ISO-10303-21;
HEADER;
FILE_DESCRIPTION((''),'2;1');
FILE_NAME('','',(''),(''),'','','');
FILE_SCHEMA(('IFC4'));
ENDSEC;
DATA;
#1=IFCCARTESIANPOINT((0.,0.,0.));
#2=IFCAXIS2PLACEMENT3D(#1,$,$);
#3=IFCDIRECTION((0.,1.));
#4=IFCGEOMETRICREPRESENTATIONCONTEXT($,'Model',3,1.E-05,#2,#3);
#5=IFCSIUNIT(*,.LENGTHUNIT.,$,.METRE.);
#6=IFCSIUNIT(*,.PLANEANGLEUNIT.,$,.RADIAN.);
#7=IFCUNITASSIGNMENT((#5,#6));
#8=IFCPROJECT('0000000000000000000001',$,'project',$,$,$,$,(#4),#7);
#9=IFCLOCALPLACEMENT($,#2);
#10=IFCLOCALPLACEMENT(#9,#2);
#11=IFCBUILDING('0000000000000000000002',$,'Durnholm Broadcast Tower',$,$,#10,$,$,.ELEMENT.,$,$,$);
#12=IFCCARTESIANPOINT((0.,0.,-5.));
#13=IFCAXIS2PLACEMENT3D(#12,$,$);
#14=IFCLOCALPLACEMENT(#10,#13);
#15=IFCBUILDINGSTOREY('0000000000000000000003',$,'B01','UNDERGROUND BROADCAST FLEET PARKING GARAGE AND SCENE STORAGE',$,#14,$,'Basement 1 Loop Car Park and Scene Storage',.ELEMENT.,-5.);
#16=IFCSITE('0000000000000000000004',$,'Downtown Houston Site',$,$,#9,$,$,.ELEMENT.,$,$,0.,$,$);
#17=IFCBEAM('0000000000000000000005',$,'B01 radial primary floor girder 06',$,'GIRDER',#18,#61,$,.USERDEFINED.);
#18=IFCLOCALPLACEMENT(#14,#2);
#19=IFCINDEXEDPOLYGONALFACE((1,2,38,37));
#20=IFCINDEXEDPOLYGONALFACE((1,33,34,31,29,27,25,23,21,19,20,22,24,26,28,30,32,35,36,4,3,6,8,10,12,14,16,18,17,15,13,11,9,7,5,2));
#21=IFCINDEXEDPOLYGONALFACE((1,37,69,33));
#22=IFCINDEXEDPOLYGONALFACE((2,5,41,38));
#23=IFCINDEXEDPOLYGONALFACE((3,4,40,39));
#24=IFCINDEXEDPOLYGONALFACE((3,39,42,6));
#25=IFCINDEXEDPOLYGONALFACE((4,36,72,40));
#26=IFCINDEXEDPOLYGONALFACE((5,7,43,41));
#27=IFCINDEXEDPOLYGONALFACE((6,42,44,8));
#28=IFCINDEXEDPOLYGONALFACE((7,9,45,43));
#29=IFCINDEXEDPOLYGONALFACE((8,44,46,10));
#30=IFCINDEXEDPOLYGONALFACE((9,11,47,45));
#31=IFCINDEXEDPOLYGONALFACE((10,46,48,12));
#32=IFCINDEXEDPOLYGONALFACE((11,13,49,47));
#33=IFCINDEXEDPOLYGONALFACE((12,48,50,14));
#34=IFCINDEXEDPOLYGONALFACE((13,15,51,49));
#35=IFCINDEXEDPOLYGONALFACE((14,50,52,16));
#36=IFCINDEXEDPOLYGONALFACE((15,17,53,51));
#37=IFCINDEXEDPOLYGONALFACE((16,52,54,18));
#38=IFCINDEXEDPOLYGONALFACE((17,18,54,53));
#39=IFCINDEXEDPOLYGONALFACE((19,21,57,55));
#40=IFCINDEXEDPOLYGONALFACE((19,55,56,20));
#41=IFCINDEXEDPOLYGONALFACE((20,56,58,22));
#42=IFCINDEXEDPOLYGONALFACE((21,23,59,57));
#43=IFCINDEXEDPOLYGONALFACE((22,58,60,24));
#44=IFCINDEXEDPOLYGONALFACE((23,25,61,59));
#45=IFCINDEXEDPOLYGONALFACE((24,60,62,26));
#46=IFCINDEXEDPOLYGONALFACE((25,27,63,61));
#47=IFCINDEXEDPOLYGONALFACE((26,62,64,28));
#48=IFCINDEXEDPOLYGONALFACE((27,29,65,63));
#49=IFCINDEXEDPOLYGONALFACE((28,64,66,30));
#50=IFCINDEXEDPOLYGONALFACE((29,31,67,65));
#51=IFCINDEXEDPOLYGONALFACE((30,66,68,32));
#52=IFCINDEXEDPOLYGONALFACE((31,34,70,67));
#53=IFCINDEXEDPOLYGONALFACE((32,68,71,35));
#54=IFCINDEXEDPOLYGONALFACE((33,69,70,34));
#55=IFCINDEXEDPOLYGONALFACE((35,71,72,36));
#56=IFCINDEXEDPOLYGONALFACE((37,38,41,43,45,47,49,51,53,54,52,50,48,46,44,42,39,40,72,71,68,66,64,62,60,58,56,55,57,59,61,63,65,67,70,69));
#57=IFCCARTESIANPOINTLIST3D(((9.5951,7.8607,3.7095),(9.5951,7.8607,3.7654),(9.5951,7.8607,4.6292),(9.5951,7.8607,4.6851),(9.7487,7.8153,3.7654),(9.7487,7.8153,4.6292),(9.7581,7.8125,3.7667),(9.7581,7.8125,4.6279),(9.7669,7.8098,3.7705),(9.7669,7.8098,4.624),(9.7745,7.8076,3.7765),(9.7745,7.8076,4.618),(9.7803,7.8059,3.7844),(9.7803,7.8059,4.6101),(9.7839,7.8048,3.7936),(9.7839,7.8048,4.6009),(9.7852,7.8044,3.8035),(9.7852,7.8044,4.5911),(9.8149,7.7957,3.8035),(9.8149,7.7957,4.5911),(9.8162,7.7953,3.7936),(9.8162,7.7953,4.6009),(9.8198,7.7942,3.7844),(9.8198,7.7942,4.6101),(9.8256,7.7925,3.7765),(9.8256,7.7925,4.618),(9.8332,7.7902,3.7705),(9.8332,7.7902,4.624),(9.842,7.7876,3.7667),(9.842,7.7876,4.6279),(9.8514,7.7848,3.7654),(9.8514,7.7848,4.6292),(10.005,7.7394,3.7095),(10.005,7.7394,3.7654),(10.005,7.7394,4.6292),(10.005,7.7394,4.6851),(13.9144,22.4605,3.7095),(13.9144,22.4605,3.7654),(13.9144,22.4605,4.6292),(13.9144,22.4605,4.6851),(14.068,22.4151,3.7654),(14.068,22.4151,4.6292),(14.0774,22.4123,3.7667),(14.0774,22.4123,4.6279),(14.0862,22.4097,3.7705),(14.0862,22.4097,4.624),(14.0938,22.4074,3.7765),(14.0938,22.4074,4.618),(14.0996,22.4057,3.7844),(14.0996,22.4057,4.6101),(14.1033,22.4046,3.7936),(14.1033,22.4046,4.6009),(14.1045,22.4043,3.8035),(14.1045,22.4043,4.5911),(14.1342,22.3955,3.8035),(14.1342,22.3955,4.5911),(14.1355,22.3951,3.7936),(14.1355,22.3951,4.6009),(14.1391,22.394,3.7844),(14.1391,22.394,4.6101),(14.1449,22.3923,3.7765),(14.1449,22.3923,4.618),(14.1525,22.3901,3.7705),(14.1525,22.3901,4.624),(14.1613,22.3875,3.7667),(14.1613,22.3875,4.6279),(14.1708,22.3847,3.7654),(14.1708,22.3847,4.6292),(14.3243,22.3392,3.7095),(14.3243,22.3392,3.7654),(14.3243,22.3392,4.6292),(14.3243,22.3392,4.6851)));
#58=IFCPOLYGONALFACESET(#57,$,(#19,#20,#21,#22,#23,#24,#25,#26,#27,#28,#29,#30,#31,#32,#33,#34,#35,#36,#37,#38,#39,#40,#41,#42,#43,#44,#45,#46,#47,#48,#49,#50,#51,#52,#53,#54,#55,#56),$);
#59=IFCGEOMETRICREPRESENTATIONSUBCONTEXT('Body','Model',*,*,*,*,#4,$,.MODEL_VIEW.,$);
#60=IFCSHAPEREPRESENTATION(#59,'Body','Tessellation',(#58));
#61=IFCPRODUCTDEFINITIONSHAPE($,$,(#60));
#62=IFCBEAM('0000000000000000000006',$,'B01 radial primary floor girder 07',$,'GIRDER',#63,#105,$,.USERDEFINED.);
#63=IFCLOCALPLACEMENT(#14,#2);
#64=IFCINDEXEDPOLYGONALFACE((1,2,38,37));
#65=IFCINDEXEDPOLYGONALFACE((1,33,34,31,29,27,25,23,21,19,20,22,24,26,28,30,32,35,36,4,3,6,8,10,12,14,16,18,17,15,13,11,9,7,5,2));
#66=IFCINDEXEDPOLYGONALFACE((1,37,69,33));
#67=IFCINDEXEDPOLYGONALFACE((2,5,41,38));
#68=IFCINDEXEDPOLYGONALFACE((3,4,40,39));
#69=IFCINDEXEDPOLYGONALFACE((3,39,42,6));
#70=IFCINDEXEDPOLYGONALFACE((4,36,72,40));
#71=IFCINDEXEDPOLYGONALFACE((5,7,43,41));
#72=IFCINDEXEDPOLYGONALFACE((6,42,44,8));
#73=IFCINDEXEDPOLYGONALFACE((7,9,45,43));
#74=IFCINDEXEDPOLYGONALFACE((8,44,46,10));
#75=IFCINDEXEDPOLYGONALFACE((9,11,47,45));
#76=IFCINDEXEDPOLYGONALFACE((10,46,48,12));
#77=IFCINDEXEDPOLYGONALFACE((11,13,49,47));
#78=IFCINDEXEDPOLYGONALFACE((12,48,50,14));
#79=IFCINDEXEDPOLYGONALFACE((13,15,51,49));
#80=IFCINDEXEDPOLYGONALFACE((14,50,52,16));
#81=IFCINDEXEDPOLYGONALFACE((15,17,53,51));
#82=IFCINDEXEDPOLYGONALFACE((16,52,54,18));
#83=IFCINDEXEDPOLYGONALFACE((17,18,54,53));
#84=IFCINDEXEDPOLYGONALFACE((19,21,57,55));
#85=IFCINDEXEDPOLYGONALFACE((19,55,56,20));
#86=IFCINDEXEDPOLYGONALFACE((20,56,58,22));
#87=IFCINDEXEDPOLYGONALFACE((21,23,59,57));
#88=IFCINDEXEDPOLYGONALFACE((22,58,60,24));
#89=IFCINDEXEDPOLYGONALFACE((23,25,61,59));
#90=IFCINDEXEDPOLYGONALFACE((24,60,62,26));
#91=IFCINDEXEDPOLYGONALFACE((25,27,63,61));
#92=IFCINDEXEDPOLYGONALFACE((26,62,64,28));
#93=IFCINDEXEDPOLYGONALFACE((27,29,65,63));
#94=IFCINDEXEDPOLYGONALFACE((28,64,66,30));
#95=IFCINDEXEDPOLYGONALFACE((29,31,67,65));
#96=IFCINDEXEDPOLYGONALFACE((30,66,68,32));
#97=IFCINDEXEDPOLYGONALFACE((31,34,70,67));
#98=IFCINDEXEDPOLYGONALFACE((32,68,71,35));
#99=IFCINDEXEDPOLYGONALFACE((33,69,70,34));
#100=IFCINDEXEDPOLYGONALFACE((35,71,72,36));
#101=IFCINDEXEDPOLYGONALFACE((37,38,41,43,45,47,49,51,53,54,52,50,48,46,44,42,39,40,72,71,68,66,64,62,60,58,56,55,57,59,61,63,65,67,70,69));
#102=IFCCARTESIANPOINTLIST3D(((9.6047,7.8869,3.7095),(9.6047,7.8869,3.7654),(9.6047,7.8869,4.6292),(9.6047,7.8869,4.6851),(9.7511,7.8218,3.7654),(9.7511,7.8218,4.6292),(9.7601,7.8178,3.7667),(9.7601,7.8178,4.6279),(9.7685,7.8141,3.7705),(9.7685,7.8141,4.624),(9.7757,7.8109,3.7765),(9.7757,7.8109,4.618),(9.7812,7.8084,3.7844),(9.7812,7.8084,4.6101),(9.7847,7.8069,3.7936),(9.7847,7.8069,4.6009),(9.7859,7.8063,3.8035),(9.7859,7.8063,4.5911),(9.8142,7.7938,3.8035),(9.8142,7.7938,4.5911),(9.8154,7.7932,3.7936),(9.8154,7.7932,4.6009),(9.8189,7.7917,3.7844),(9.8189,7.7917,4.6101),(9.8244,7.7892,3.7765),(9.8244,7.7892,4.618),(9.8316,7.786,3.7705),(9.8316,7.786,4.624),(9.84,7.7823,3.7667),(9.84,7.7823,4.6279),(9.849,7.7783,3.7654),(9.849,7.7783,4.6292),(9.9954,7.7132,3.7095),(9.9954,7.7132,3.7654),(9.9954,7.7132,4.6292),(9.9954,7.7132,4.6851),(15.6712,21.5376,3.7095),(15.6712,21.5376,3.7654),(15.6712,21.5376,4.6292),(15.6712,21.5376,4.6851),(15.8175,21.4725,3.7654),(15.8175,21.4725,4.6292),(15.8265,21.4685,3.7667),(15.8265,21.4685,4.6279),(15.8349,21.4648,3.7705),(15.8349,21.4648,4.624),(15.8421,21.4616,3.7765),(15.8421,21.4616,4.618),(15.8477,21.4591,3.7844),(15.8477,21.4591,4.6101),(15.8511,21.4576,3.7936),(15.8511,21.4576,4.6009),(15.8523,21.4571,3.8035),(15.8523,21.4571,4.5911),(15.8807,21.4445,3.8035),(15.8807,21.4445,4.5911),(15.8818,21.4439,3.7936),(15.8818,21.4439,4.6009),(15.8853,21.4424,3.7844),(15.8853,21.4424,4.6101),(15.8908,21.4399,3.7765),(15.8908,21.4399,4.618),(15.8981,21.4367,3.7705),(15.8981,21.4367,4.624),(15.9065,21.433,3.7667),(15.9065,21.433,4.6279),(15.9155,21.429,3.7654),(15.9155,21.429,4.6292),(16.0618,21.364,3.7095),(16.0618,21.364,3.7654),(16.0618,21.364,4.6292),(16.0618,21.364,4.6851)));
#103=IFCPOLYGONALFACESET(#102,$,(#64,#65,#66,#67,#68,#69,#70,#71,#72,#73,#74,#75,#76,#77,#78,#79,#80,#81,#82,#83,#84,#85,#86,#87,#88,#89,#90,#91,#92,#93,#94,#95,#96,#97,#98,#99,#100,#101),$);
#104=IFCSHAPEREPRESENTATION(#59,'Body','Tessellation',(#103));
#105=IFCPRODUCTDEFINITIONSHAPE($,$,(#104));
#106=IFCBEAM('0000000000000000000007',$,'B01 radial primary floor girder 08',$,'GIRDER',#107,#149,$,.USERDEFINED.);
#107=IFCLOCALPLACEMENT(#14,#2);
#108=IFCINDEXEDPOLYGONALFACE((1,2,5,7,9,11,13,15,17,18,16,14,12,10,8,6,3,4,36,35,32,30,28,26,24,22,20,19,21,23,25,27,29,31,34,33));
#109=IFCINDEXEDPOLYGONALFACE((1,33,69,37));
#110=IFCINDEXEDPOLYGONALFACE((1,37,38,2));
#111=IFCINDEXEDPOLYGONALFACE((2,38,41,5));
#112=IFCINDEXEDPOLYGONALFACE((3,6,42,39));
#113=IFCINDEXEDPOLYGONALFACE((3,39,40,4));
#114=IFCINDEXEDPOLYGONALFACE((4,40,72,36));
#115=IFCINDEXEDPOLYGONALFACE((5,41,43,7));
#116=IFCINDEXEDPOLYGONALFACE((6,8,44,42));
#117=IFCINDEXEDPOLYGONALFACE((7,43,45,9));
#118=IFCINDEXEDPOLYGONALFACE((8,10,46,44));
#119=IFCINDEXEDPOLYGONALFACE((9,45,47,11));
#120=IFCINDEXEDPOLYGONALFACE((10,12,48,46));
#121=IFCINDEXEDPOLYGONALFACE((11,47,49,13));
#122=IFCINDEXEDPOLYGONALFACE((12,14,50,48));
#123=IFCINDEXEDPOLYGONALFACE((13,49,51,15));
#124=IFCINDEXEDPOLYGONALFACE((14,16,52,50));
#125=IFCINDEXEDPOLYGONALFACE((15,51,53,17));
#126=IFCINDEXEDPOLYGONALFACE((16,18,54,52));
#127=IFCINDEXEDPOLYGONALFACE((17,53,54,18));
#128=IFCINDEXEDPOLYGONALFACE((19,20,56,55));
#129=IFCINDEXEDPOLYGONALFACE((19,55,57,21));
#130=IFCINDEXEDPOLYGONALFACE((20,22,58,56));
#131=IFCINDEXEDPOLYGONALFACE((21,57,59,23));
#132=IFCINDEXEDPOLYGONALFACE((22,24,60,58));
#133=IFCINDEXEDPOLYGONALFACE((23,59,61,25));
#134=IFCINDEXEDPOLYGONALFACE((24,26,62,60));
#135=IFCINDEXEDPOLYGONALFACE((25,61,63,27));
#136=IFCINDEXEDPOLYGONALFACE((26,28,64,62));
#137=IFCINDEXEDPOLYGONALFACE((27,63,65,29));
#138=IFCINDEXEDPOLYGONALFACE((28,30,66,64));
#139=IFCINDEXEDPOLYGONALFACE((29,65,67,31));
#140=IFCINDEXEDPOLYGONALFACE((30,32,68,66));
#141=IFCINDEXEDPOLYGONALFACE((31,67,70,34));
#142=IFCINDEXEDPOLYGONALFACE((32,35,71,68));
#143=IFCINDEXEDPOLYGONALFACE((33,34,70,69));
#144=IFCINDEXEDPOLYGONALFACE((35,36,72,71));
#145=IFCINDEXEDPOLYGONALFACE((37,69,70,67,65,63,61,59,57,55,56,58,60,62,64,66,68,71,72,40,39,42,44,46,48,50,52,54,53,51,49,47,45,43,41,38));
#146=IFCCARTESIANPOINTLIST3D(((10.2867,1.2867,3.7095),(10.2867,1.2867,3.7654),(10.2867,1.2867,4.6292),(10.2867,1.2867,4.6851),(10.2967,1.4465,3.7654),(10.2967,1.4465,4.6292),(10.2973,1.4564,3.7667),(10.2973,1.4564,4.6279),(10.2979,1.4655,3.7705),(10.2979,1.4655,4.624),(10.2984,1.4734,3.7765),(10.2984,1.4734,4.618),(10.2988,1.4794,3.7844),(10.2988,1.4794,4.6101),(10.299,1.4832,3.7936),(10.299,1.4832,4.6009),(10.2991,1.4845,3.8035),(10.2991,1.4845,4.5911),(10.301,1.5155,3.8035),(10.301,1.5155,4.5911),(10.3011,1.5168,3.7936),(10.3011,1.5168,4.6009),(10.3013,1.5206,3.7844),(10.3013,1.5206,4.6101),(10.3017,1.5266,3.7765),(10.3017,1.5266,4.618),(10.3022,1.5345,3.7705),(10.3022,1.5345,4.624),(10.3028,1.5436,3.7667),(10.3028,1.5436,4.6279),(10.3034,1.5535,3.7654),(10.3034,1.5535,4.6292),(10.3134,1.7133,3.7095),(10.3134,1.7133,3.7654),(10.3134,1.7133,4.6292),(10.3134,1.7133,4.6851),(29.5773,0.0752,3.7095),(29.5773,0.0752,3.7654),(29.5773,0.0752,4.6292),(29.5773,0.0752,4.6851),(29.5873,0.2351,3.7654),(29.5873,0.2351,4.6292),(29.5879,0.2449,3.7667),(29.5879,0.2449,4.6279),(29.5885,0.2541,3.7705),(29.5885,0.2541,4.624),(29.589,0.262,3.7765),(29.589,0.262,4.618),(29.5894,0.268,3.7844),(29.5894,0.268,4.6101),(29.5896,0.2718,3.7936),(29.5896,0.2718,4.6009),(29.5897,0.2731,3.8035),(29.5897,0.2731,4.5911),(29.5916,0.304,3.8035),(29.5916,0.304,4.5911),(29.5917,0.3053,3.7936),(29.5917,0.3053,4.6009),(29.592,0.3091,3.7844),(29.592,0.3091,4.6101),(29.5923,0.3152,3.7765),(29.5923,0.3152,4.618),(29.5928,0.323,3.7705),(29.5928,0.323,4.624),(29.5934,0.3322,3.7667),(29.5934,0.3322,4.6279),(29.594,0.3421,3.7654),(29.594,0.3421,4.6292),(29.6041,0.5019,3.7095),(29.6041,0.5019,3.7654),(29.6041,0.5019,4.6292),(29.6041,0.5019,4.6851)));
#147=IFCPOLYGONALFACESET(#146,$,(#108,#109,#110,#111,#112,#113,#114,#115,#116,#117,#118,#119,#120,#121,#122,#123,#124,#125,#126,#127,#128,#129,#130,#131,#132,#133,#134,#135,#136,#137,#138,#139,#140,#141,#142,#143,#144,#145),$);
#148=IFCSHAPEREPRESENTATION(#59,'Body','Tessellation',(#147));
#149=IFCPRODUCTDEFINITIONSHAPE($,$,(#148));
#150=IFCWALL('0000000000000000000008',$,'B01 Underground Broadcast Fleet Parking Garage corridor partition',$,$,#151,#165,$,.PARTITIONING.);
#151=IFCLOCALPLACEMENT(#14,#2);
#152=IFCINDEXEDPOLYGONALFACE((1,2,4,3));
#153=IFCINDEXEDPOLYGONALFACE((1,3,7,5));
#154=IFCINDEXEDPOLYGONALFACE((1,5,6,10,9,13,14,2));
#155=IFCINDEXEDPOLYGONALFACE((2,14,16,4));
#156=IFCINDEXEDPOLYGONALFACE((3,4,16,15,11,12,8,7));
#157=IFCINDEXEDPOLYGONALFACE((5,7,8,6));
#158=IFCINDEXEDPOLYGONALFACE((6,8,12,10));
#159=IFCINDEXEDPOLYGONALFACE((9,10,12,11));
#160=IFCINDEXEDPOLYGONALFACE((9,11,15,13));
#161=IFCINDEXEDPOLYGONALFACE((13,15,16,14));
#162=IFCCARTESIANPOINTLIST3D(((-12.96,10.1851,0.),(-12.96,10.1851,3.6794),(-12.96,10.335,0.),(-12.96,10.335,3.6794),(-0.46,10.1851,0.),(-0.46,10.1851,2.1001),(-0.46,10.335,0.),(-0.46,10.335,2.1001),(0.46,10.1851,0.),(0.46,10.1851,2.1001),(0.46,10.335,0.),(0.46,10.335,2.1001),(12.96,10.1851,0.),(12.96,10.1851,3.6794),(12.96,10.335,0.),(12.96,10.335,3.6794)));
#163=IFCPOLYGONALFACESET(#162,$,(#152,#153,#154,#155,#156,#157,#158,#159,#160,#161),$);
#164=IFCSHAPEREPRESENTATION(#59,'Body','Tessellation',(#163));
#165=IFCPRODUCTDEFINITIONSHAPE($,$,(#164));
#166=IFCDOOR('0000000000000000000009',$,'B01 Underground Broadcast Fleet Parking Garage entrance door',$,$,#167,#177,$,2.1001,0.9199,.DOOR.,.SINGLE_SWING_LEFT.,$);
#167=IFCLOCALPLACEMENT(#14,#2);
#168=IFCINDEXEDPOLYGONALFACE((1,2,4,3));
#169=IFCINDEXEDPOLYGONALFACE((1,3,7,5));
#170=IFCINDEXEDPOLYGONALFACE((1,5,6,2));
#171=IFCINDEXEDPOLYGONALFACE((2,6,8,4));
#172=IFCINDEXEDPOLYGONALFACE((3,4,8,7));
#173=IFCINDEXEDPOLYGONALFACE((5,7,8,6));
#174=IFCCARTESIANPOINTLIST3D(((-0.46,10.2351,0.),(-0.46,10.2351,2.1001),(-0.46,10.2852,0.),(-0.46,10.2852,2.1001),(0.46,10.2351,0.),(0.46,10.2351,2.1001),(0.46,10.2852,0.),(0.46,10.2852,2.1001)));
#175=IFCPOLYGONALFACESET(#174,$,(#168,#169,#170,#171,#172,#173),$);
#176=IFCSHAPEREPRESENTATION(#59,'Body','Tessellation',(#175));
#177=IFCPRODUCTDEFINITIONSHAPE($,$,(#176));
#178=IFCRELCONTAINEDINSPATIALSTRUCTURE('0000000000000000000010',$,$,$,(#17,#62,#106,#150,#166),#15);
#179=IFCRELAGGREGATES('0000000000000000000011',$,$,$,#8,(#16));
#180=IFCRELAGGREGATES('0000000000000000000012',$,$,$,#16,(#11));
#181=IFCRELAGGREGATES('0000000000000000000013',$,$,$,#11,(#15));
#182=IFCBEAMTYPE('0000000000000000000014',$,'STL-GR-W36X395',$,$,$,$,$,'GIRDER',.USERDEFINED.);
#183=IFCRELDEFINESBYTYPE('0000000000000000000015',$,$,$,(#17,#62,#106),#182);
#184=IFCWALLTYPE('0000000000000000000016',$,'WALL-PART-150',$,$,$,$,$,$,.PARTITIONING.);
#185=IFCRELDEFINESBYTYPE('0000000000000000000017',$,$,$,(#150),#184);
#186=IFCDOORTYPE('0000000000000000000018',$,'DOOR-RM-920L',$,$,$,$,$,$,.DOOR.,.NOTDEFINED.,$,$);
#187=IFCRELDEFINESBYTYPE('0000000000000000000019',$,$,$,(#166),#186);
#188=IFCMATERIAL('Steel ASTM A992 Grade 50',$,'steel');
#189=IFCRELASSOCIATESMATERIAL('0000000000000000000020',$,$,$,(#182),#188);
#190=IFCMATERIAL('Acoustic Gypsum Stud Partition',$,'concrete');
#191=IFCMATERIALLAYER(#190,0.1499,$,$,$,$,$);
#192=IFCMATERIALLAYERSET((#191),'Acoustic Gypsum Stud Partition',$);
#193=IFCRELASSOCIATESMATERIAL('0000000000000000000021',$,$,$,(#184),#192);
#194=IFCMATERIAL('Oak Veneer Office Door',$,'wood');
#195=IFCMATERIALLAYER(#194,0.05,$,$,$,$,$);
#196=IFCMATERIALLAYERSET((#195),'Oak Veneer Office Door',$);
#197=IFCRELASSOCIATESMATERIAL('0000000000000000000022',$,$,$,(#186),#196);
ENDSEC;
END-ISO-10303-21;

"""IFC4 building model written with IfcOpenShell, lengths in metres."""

from ifc_helpers import new_model, si_unit, direction, frame, frame_2d, origin, origin_2d, place, context, subcontext, project, spatial, rectangle, i_section, extrude, source, transform, mapped, material, layer, layer_set, material_profile, profile_set, type_object, type_shapes, element, fill, save


model = new_model("IFC4")

# Units and contexts
model_context = context("Model", 3, precision=1e-05, world=origin(), true_north=direction((0.0, 1.0)))
body_context = subcontext(model_context, "Body", "Model", "MODEL_VIEW")
ifc_project = project(units=[si_unit("LENGTHUNIT", "METRE"), si_unit("PLANEANGLEUNIT", "RADIAN")], contexts=[model_context])

# Site, building, storey
site_placement = place(None, origin())
site = spatial("IfcSite", under=ifc_project, at=site_placement, Name="Downtown Houston Site", CompositionType="ELEMENT", RefElevation=0.0)
building_placement = place(site_placement, origin())
building = spatial("IfcBuilding", under=site, at=building_placement, Name="Durnholm Broadcast Tower", CompositionType="ELEMENT")
storey_placement = place(building_placement, frame((0.0, 0.0, -5.0)))
storey = spatial("IfcBuildingStorey", under=building, at=storey_placement, Name="B01", Description="UNDERGROUND BROADCAST FLEET PARKING GARAGE AND SCENE STORAGE", LongName="Basement 1 Loop Car Park and Scene Storage", CompositionType="ELEMENT", Elevation=-5.0)

# Beams
ifc_material_1 = material(Name="Steel ASTM A992 Grade 50", Category="steel")
ifc_material_profile_1 = material_profile(ifc_material_1, i_section(OverallWidth=0.4275, OverallDepth=0.9756, WebThickness=0.031, FlangeThickness=0.0559, FilletRadius=0.0381, at=origin_2d()), Name="W36X395")
ifc_profile_set_1 = profile_set([ifc_material_profile_1], Name="Steel ASTM A992 Grade 50")
beam_type_1 = type_object("IfcBeamType", Name="STL-GR-W36X395", ElementType="GIRDER", PredefinedType="USERDEFINED", material=ifc_profile_set_1)
shared_shape_1 = source(origin(), body_context, "Body", "SweptSolid", [
    extrude(i_section(OverallWidth=0.4275, OverallDepth=0.9756, WebThickness=0.031, FlangeThickness=0.0559, FilletRadius=0.0381, at=origin_2d()), origin(), (0.0, 0.0, 1.0), 15.2253),
])
beam_1_placement = place(storey_placement, frame((9.8, 7.8, 4.1973), z_axis=(0.283693, 0.958915, 0.0), x_axis=(-0.958915, 0.283693, 0.0)))
element("IfcBeam", 1, at=beam_1_placement, inside=storey, type_object=beam_type_1, Name="B01 radial primary floor girder 06", ObjectType="GIRDER", PredefinedType="USERDEFINED", context=body_context, shape_type="MappedRepresentation", body=[
    mapped(shared_shape_1, transform((0.0, 0.0, 0.0), x_axis=(1.0, 0.0, 0.0), y_axis=(0.0, 1.0, 0.0), z_axis=(0.0, 0.0, 1.0), scale=1.0)),
])
shared_shape_2 = source(origin(), body_context, "Body", "SweptSolid", [
    extrude(i_section(OverallWidth=0.4275, OverallDepth=0.9756, WebThickness=0.031, FlangeThickness=0.0559, FilletRadius=0.0381, at=origin_2d()), origin(), (0.0, 0.0, 1.0), 14.938),
])
beam_2_placement = place(storey_placement, frame((9.8, 7.8, 4.1973), z_axis=(0.406108, 0.913825, 0.0), x_axis=(-0.913825, 0.406108, 0.0)))
element("IfcBeam", 2, at=beam_2_placement, inside=storey, type_object=beam_type_1, Name="B01 radial primary floor girder 07", ObjectType="GIRDER", PredefinedType="USERDEFINED", context=body_context, shape_type="MappedRepresentation", body=[
    mapped(shared_shape_2, transform((0.0, 0.0, 0.0), x_axis=(1.0, 0.0, 0.0), y_axis=(0.0, 1.0, 0.0), z_axis=(0.0, 0.0, 1.0), scale=1.0)),
])
shared_shape_3 = source(origin(), body_context, "Body", "SweptSolid", [
    extrude(i_section(OverallWidth=0.4275, OverallDepth=0.9756, WebThickness=0.031, FlangeThickness=0.0559, FilletRadius=0.0381, at=origin_2d()), origin(), (0.0, 0.0, 1.0), 19.3286),
])
type_shapes(beam_type_1, [shared_shape_1, shared_shape_2, shared_shape_3])
beam_3_placement = place(storey_placement, frame((10.3, 1.5, 4.1973), z_axis=(0.998034, -0.062676, 0.0), x_axis=(0.062676, 0.998034, 0.0)))
element("IfcBeam", 3, at=beam_3_placement, inside=storey, type_object=beam_type_1, Name="B01 radial primary floor girder 08", ObjectType="GIRDER", PredefinedType="USERDEFINED", context=body_context, shape_type="MappedRepresentation", body=[
    mapped(shared_shape_3, transform((0.0, 0.0, 0.0), x_axis=(1.0, 0.0, 0.0), y_axis=(0.0, 1.0, 0.0), z_axis=(0.0, 0.0, 1.0), scale=1.0)),
])

# Wall, opening, door
ifc_material_2 = material(Name="Acoustic Gypsum Stud Partition", Category="concrete")
ifc_layer_1 = layer(ifc_material_2, 0.1499)
ifc_layer_set_1 = layer_set([ifc_layer_1], Name="Acoustic Gypsum Stud Partition")
wall_type_1 = type_object("IfcWallType", Name="WALL-PART-150", PredefinedType="PARTITIONING", material=ifc_layer_set_1)
wall_1_placement = place(storey_placement, frame((12.96, 10.26, 0.0), z_axis=(0.0, 0.0, 1.0), x_axis=(-1.0, 0.0, 0.0)))
wall_1 = element("IfcWall", 4, at=wall_1_placement, inside=storey, type_object=wall_type_1, Name="B01 Underground Broadcast Fleet Parking Garage corridor partition", PredefinedType="PARTITIONING", context=body_context, shape_type="SweptSolid", body=[
    extrude(rectangle(XDim=25.9199, YDim=0.1499, at=frame_2d((12.96, 0.0))), origin(), (0.0, 0.0, 1.0), 3.6794),
])
opening_placement = place(wall_1_placement, frame((12.5, 0.0, 0.0)))
opening = element("IfcOpeningElement", 5, at=opening_placement, cuts=wall_1, PredefinedType="OPENING", context=body_context, shape_type="SweptSolid", body=[
    extrude(rectangle(XDim=0.9199, YDim=2.1001, at=frame_2d((0.46, 1.05))), frame((0.0, 0.085, 0.0), z_axis=(0.0, -1.0, 0.0), x_axis=(1.0, 0.0, 0.0)), (0.0, 0.0, 1.0), 0.1699),
])
ifc_material_3 = material(Name="Oak Veneer Office Door", Category="wood")
ifc_layer_2 = layer(ifc_material_3, 0.05)
ifc_layer_set_2 = layer_set([ifc_layer_2], Name="Oak Veneer Office Door")
door_type = type_object("IfcDoorType", Name="DOOR-RM-920L", OperationType="NOTDEFINED", PredefinedType="DOOR", material=ifc_layer_set_2)
shared_shape_4 = source(origin(), body_context, "Body", "SweptSolid", [
    extrude(rectangle(XDim=0.9199, YDim=2.1001, at=frame_2d((0.46, 1.05))), frame((0.0, 0.0249, 0.0), z_axis=(0.0, -1.0, 0.0), x_axis=(1.0, 0.0, 0.0)), (0.0, 0.0, 1.0), 0.05),
])
type_shapes(door_type, [shared_shape_4])
door_placement = place(opening_placement, origin())
door = element("IfcDoor", 6, at=door_placement, inside=storey, type_object=door_type, Name="B01 Underground Broadcast Fleet Parking Garage entrance door", OperationType="SINGLE_SWING_LEFT", OverallHeight=2.1001, OverallWidth=0.9199, PredefinedType="DOOR", context=body_context, shape_type="MappedRepresentation", body=[
    mapped(shared_shape_4, transform((0.0, 0.0, 0.0), x_axis=(1.0, 0.0, 0.0), y_axis=(0.0, 1.0, 0.0), z_axis=(0.0, 0.0, 1.0), scale=1.0)),
])
fill(opening, door)

save(model, "model.ifc")
